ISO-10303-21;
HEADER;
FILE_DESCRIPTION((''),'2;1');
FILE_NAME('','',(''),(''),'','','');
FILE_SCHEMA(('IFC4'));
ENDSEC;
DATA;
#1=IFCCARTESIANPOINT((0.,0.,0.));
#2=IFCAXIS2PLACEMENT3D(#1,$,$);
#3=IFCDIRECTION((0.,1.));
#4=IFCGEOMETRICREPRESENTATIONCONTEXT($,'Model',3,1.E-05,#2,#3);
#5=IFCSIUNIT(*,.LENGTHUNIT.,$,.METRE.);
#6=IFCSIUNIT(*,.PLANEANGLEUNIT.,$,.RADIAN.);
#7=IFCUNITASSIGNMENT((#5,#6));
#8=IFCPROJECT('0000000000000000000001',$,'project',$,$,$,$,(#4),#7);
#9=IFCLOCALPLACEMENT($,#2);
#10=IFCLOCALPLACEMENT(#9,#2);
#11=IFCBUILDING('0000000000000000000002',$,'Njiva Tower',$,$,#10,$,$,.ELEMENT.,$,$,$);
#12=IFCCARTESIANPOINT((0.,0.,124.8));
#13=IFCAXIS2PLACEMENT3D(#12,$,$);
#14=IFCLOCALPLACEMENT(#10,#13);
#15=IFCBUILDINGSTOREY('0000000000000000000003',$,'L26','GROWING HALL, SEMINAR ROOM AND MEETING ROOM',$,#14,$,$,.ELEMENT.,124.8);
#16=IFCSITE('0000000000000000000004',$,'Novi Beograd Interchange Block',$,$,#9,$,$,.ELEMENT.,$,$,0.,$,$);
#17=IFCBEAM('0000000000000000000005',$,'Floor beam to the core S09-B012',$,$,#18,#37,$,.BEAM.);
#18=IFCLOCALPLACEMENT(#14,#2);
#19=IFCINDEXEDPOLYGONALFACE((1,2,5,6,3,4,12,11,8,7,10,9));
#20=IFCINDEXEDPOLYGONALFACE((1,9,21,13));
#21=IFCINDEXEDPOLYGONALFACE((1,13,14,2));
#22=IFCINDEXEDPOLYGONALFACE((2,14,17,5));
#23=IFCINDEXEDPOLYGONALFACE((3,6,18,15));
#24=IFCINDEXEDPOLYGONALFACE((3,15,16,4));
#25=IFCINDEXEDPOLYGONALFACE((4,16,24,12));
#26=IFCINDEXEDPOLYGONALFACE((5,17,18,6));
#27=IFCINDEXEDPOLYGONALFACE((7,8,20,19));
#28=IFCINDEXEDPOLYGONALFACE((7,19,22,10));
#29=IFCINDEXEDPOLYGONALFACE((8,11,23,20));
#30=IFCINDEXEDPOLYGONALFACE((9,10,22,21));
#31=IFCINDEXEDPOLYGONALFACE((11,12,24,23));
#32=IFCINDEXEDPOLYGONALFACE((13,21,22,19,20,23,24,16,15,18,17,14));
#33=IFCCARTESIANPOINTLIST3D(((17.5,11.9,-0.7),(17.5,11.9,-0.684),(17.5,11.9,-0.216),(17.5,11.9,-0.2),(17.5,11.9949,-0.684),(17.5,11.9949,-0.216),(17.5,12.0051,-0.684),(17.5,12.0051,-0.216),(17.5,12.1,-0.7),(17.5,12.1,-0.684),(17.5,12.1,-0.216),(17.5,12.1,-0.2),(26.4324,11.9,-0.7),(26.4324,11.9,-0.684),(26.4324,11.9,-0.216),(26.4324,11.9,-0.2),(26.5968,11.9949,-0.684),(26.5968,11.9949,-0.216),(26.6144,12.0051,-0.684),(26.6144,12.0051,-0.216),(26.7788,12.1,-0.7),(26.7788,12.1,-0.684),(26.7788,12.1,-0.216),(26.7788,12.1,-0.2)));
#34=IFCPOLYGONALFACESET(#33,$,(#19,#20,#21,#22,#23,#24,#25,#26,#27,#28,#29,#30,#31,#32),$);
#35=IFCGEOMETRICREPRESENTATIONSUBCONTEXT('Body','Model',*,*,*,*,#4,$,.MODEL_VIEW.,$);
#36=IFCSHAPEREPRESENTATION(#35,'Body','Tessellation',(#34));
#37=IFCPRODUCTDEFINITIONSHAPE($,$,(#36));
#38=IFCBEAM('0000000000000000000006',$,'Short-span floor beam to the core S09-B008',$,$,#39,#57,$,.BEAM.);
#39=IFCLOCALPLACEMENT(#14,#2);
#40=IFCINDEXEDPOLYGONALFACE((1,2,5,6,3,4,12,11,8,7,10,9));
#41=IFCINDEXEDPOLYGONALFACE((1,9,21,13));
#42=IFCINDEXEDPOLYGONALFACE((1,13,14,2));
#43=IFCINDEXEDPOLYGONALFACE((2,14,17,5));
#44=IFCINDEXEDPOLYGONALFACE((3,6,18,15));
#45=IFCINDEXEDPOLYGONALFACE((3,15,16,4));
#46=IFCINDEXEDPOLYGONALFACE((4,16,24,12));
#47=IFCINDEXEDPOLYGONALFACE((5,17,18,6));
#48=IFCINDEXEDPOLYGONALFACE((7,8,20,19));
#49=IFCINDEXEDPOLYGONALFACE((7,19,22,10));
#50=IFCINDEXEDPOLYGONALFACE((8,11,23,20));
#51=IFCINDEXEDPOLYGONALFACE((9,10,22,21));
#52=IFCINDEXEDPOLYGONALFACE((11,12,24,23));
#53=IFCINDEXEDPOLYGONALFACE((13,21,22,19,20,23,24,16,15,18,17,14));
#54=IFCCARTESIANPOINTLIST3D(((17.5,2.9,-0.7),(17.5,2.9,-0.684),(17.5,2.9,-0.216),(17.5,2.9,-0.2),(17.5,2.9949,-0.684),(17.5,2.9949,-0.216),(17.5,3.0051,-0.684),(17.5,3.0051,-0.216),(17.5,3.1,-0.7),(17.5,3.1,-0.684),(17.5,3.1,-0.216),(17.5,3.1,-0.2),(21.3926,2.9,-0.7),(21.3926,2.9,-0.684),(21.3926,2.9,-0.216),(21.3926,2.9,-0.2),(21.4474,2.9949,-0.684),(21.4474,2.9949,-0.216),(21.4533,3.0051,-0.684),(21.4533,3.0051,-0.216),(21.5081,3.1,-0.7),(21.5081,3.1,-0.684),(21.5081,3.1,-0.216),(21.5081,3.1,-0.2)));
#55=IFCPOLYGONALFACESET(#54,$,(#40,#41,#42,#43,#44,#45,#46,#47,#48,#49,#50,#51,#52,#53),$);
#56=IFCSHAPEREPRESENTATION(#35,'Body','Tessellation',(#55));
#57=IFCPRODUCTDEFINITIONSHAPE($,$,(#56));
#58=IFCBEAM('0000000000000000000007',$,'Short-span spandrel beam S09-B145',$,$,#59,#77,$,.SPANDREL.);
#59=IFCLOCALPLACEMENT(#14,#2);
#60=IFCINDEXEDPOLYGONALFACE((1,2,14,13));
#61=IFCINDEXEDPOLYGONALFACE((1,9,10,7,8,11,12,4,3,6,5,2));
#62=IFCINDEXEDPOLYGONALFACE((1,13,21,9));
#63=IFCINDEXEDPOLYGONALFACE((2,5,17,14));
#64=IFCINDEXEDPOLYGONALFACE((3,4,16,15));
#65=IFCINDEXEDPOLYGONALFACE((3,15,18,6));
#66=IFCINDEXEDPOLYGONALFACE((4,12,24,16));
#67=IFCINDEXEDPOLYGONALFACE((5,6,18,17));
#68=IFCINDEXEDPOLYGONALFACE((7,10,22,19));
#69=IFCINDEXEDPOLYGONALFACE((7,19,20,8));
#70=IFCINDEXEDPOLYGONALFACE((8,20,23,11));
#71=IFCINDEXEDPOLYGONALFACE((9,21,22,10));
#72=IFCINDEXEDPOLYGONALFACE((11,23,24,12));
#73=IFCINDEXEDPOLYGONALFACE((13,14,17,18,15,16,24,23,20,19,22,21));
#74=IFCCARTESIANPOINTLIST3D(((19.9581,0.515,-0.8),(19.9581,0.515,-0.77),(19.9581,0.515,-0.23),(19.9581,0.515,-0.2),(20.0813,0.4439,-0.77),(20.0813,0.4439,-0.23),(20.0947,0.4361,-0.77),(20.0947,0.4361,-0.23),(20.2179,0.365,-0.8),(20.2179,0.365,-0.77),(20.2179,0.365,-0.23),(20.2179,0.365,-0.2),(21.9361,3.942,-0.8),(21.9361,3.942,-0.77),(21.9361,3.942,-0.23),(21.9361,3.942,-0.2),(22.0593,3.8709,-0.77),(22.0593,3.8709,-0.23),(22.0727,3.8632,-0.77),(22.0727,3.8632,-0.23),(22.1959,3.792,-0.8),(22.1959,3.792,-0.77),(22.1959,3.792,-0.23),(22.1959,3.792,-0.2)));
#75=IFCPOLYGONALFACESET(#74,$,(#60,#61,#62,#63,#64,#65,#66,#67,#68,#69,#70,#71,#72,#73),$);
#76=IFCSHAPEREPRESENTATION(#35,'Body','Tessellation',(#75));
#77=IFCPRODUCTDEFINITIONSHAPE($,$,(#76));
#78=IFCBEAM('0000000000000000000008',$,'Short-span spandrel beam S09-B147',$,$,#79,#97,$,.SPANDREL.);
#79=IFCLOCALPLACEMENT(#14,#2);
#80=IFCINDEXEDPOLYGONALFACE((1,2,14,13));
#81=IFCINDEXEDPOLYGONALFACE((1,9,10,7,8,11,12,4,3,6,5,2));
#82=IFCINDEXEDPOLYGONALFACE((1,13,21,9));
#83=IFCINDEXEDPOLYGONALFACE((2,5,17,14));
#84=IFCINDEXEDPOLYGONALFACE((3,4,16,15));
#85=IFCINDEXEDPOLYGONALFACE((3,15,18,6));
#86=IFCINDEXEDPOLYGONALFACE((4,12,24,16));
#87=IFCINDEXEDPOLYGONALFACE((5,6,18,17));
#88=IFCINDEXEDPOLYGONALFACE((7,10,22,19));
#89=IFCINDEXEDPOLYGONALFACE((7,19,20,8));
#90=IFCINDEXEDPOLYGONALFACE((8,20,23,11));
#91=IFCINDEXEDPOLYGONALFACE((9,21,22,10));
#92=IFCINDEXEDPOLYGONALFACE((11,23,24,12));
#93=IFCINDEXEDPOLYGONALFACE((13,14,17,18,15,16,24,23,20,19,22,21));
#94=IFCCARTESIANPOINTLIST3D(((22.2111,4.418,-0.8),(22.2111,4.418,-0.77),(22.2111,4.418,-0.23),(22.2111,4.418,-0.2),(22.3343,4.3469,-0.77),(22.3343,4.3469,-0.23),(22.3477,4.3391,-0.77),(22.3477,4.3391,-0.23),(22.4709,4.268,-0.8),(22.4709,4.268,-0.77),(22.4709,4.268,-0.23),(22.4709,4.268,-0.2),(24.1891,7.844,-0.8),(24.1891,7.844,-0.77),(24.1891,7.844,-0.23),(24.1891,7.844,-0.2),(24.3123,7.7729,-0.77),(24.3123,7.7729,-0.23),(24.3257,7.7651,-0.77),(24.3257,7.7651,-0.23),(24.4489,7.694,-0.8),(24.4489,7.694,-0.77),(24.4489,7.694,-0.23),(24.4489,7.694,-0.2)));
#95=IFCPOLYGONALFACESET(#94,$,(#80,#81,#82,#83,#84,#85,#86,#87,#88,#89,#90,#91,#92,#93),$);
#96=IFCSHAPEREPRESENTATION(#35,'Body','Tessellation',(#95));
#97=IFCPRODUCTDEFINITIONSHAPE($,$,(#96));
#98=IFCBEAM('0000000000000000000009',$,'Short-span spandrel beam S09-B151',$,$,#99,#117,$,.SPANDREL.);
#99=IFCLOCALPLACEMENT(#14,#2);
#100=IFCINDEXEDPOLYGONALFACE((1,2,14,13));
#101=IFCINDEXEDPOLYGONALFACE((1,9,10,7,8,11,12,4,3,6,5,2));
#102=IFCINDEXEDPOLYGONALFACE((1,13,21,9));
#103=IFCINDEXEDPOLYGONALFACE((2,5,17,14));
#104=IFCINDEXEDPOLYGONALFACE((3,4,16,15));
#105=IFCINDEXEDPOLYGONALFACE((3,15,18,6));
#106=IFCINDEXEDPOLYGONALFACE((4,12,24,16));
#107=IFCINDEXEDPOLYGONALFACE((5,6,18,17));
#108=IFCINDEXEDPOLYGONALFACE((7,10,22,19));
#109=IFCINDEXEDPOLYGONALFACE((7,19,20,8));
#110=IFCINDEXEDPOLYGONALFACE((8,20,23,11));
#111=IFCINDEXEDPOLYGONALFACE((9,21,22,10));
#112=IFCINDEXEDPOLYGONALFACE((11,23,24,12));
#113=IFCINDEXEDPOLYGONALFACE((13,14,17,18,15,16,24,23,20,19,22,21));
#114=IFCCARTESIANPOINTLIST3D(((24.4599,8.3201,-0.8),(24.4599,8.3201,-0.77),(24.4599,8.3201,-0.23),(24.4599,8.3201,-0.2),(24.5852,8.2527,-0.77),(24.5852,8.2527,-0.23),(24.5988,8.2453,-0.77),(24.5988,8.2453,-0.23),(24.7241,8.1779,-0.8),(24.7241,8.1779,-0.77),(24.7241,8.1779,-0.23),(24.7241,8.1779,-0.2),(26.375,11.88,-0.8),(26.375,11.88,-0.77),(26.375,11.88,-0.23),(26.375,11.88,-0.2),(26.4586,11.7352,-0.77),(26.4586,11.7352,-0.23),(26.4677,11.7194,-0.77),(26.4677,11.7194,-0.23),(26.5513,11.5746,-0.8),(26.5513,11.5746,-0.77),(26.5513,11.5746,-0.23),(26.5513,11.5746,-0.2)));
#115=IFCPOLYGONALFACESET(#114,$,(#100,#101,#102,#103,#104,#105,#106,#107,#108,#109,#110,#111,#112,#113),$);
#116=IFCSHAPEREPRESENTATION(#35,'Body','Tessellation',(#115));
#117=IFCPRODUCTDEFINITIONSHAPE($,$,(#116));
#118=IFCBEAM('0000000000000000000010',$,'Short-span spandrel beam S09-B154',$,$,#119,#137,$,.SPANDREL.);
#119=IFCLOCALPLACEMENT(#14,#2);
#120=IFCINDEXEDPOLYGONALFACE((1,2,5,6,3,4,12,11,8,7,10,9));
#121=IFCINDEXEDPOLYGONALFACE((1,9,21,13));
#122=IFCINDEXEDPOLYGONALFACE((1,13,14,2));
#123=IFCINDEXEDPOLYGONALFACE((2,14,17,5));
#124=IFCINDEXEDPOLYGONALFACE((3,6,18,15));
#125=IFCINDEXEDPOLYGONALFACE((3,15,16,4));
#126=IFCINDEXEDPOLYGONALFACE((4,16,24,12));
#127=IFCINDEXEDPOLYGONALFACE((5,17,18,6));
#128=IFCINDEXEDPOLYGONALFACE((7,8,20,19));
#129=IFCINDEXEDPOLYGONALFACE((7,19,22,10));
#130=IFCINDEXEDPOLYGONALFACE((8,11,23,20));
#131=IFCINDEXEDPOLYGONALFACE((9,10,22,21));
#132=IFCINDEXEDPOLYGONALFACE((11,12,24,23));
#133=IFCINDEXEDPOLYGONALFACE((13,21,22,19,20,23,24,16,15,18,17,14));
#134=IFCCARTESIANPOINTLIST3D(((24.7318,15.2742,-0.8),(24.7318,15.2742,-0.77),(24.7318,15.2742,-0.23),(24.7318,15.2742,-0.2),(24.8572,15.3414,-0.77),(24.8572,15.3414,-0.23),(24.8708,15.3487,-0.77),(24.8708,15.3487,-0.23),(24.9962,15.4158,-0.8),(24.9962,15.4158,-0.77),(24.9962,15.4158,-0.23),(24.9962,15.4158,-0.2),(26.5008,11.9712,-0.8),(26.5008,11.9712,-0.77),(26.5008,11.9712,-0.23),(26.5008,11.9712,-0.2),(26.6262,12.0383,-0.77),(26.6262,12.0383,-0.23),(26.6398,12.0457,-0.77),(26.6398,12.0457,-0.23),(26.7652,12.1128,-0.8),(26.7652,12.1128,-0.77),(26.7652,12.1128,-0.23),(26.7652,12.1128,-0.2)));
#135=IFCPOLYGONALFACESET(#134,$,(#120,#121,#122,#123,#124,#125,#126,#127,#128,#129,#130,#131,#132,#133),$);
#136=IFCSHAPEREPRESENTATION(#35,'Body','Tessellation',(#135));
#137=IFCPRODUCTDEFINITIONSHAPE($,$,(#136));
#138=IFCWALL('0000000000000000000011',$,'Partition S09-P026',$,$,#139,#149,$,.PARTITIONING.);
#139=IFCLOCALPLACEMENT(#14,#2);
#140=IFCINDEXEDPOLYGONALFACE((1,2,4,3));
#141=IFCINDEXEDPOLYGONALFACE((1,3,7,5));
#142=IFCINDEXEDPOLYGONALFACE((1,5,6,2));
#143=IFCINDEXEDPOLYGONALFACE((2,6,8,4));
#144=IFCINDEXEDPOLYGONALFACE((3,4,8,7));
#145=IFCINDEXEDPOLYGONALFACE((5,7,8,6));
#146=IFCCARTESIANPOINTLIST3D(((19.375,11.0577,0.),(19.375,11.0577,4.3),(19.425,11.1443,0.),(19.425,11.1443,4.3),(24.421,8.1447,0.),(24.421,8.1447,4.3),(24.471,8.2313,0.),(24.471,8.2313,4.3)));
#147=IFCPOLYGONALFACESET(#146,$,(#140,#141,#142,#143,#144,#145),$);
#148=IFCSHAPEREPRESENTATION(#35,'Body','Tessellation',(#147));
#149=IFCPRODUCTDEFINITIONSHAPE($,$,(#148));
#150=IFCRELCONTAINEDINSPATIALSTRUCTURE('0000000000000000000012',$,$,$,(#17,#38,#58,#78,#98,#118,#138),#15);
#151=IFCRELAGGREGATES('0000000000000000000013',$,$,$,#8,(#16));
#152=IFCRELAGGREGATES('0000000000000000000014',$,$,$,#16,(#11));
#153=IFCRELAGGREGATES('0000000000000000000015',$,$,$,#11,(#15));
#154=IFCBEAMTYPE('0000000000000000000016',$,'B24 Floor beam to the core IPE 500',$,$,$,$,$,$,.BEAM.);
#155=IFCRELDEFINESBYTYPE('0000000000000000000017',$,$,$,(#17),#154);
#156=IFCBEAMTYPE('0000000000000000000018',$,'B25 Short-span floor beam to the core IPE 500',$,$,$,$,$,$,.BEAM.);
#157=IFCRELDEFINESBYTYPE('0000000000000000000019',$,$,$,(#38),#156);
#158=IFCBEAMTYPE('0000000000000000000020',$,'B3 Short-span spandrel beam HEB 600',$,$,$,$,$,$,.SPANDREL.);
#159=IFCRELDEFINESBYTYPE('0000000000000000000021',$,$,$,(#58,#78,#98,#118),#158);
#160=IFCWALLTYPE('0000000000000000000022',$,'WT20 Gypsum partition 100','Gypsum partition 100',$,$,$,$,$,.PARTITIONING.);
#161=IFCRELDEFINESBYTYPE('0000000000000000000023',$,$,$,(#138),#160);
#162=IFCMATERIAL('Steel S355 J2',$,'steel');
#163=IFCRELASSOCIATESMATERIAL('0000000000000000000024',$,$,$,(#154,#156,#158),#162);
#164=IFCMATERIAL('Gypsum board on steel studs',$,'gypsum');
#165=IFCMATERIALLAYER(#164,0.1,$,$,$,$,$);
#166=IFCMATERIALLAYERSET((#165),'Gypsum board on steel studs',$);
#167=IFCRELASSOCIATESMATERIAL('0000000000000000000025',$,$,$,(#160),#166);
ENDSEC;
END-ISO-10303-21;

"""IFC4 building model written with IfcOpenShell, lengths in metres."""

from ifc_helpers import new_model, si_unit, direction, frame, frame_2d, origin, origin_2d, place, context, subcontext, project, spatial, rectangle, i_section, extrude, clip, halfspace, material, layer, layer_set, material_profile, profile_set, type_object, element, save


model = new_model("IFC4")

# Units and contexts
model_context = context("Model", 3, precision=1e-05, world=origin(), true_north=direction((0.0, 1.0)))
body_context = subcontext(model_context, "Body", "Model", "MODEL_VIEW")
ifc_project = project(units=[si_unit("LENGTHUNIT", "METRE"), si_unit("PLANEANGLEUNIT", "RADIAN")], contexts=[model_context])

# Site, building, storey
site_placement = place(None, origin())
site = spatial("IfcSite", under=ifc_project, at=site_placement, Name="Novi Beograd Interchange Block", CompositionType="ELEMENT", RefElevation=0.0)
building_placement = place(site_placement, origin())
building = spatial("IfcBuilding", under=site, at=building_placement, Name="Njiva Tower", CompositionType="ELEMENT")
storey_placement = place(building_placement, frame((0.0, 0.0, 124.8)))
storey = spatial("IfcBuildingStorey", under=building, at=storey_placement, Name="L26", Description="GROWING HALL, SEMINAR ROOM AND MEETING ROOM", CompositionType="ELEMENT", Elevation=124.8)

# Shared definitions
ifc_material_1 = material(Name="Steel S355 J2", Category="steel")

# Beams
ifc_material_profile_1 = material_profile(ifc_material_1, i_section(OverallWidth=0.2, OverallDepth=0.5, WebThickness=0.0102, FlangeThickness=0.016, at=origin_2d()), Name="IPE 500")
ifc_profile_set_1 = profile_set([ifc_material_profile_1], Name="Steel S355 J2")
beam_type_1 = type_object("IfcBeamType", Name="B24 Floor beam to the core IPE 500", PredefinedType="BEAM", material=ifc_profile_set_1)
beam_1_placement = place(storey_placement, frame((17.5, 12.0, -0.45), z_axis=(1.0, 0.0, 0.0), x_axis=(0.0, 1.0, 0.0)))
element("IfcBeam", 1, at=beam_1_placement, inside=storey, type_object=beam_type_1, Name="Floor beam to the core S09-B012", PredefinedType="BEAM", context=body_context, shape_type="Clipping", body=[
    clip(extrude(i_section(OverallWidth=0.2, OverallDepth=0.5, WebThickness=0.0102, FlangeThickness=0.016, at=origin_2d()), origin(), (0.0, 0.0, 1.0), 9.299), halfspace(frame((-0.0433, 0.0, 9.0306), z_axis=(-0.866027, 0.0, 0.499998), x_axis=(0.0, 1.0, 0.0)), False)),
])
ifc_material_profile_2 = material_profile(ifc_material_1, i_section(OverallWidth=0.2, OverallDepth=0.5, WebThickness=0.0102, FlangeThickness=0.016, at=origin_2d()), Name="IPE 500")
ifc_profile_set_2 = profile_set([ifc_material_profile_2], Name="Steel S355 J2")
beam_type_2 = type_object("IfcBeamType", Name="B25 Short-span floor beam to the core IPE 500", PredefinedType="BEAM", material=ifc_profile_set_2)
beam_2_placement = place(storey_placement, frame((17.5, 3.0, -0.45), z_axis=(1.0, 0.0, 0.0), x_axis=(0.0, 1.0, 0.0)))
element("IfcBeam", 2, at=beam_2_placement, inside=storey, type_object=beam_type_2, Name="Short-span floor beam to the core S09-B008", PredefinedType="BEAM", context=body_context, shape_type="Clipping", body=[
    clip(extrude(i_section(OverallWidth=0.2, OverallDepth=0.5, WebThickness=0.0102, FlangeThickness=0.016, at=origin_2d()), origin(), (0.0, 0.0, 1.0), 4.028), halfspace(frame((-0.025, 0.0, 3.9359), z_axis=(-0.499998, 0.0, 0.866027), x_axis=(0.0, 1.0, 0.0)), False)),
])
ifc_material_profile_3 = material_profile(ifc_material_1, i_section(OverallWidth=0.3, OverallDepth=0.6, WebThickness=0.0155, FlangeThickness=0.03, at=origin_2d()), Name="HEB 600")
ifc_profile_set_3 = profile_set([ifc_material_profile_3], Name="Steel S355 J2")
beam_type_3 = type_object("IfcBeamType", Name="B3 Short-span spandrel beam HEB 600", PredefinedType="SPANDREL", material=ifc_profile_set_3)
beam_3_placement = place(storey_placement, frame((20.088, 0.44, -0.5), z_axis=(0.49989, 0.866089, 0.0), x_axis=(-0.866089, 0.49989, 0.0)))
element("IfcBeam", 3, at=beam_3_placement, inside=storey, type_object=beam_type_3, Name="Short-span spandrel beam S09-B145", PredefinedType="SPANDREL", context=body_context, shape_type="SweptSolid", body=[
    extrude(i_section(OverallWidth=0.3, OverallDepth=0.6, WebThickness=0.0155, FlangeThickness=0.03, at=origin_2d()), origin(), (0.0, 0.0, 1.0), 3.9569),
])
beam_4_placement = place(storey_placement, frame((22.341, 4.343, -0.5), z_axis=(0.5, 0.866026, 0.0), x_axis=(-0.866026, 0.5, 0.0)))
element("IfcBeam", 4, at=beam_4_placement, inside=storey, type_object=beam_type_3, Name="Short-span spandrel beam S09-B147", PredefinedType="SPANDREL", context=body_context, shape_type="SweptSolid", body=[
    extrude(i_section(OverallWidth=0.3, OverallDepth=0.6, WebThickness=0.0155, FlangeThickness=0.03, at=origin_2d()), origin(), (0.0, 0.0, 1.0), 3.956),
])
beam_5_placement = place(storey_placement, frame((24.592, 8.249, -0.5), z_axis=(0.473752, 0.880658, 0.0), x_axis=(-0.880658, 0.473752, 0.0)))
element("IfcBeam", 5, at=beam_5_placement, inside=storey, type_object=beam_type_3, Name="Short-span spandrel beam S09-B151", PredefinedType="SPANDREL", context=body_context, shape_type="Clipping", body=[
    clip(extrude(i_section(OverallWidth=0.3, OverallDepth=0.6, WebThickness=0.0155, FlangeThickness=0.03, at=origin_2d()), origin(), (0.0, 0.0, 1.0), 4.0623), halfspace(frame((-0.0263, 0.0, 3.9334), z_axis=(-0.525798, 0.0, 0.85061), x_axis=(0.0, 1.0, 0.0)), False)),
])
beam_6_placement = place(storey_placement, frame((26.633, 12.042, -0.5), z_axis=(-0.472125, 0.881532, 0.0), x_axis=(-0.881532, -0.472125, 0.0)))
element("IfcBeam", 6, at=beam_6_placement, inside=storey, type_object=beam_type_3, Name="Short-span spandrel beam S09-B154", PredefinedType="SPANDREL", context=body_context, shape_type="SweptSolid", body=[
    extrude(i_section(OverallWidth=0.3, OverallDepth=0.6, WebThickness=0.0155, FlangeThickness=0.03, at=origin_2d()), origin(), (0.0, 0.0, 1.0), 3.7469),
])

# Wall
ifc_material_2 = material(Name="Gypsum board on steel studs", Category="gypsum")
ifc_layer = layer(ifc_material_2, 0.1)
ifc_layer_set = layer_set([ifc_layer], Name="Gypsum board on steel studs")
wall_type = type_object("IfcWallType", Name="WT20 Gypsum partition 100", Description="Gypsum partition 100", PredefinedType="PARTITIONING", material=ifc_layer_set)
wall_placement = place(storey_placement, frame((19.4, 11.101, 0.0), z_axis=(0.0, 0.0, 1.0), x_axis=(0.866048, -0.49996, 0.0)))
element("IfcWall", 7, at=wall_placement, inside=storey, type_object=wall_type, Name="Partition S09-P026", PredefinedType="PARTITIONING", context=body_context, shape_type="SweptSolid", body=[
    extrude(rectangle(XDim=5.8265, YDim=0.1, at=frame_2d((2.9132, 0.0))), origin(), (0.0, 0.0, 1.0), 4.3),
])

save(model, "model.ifc")
